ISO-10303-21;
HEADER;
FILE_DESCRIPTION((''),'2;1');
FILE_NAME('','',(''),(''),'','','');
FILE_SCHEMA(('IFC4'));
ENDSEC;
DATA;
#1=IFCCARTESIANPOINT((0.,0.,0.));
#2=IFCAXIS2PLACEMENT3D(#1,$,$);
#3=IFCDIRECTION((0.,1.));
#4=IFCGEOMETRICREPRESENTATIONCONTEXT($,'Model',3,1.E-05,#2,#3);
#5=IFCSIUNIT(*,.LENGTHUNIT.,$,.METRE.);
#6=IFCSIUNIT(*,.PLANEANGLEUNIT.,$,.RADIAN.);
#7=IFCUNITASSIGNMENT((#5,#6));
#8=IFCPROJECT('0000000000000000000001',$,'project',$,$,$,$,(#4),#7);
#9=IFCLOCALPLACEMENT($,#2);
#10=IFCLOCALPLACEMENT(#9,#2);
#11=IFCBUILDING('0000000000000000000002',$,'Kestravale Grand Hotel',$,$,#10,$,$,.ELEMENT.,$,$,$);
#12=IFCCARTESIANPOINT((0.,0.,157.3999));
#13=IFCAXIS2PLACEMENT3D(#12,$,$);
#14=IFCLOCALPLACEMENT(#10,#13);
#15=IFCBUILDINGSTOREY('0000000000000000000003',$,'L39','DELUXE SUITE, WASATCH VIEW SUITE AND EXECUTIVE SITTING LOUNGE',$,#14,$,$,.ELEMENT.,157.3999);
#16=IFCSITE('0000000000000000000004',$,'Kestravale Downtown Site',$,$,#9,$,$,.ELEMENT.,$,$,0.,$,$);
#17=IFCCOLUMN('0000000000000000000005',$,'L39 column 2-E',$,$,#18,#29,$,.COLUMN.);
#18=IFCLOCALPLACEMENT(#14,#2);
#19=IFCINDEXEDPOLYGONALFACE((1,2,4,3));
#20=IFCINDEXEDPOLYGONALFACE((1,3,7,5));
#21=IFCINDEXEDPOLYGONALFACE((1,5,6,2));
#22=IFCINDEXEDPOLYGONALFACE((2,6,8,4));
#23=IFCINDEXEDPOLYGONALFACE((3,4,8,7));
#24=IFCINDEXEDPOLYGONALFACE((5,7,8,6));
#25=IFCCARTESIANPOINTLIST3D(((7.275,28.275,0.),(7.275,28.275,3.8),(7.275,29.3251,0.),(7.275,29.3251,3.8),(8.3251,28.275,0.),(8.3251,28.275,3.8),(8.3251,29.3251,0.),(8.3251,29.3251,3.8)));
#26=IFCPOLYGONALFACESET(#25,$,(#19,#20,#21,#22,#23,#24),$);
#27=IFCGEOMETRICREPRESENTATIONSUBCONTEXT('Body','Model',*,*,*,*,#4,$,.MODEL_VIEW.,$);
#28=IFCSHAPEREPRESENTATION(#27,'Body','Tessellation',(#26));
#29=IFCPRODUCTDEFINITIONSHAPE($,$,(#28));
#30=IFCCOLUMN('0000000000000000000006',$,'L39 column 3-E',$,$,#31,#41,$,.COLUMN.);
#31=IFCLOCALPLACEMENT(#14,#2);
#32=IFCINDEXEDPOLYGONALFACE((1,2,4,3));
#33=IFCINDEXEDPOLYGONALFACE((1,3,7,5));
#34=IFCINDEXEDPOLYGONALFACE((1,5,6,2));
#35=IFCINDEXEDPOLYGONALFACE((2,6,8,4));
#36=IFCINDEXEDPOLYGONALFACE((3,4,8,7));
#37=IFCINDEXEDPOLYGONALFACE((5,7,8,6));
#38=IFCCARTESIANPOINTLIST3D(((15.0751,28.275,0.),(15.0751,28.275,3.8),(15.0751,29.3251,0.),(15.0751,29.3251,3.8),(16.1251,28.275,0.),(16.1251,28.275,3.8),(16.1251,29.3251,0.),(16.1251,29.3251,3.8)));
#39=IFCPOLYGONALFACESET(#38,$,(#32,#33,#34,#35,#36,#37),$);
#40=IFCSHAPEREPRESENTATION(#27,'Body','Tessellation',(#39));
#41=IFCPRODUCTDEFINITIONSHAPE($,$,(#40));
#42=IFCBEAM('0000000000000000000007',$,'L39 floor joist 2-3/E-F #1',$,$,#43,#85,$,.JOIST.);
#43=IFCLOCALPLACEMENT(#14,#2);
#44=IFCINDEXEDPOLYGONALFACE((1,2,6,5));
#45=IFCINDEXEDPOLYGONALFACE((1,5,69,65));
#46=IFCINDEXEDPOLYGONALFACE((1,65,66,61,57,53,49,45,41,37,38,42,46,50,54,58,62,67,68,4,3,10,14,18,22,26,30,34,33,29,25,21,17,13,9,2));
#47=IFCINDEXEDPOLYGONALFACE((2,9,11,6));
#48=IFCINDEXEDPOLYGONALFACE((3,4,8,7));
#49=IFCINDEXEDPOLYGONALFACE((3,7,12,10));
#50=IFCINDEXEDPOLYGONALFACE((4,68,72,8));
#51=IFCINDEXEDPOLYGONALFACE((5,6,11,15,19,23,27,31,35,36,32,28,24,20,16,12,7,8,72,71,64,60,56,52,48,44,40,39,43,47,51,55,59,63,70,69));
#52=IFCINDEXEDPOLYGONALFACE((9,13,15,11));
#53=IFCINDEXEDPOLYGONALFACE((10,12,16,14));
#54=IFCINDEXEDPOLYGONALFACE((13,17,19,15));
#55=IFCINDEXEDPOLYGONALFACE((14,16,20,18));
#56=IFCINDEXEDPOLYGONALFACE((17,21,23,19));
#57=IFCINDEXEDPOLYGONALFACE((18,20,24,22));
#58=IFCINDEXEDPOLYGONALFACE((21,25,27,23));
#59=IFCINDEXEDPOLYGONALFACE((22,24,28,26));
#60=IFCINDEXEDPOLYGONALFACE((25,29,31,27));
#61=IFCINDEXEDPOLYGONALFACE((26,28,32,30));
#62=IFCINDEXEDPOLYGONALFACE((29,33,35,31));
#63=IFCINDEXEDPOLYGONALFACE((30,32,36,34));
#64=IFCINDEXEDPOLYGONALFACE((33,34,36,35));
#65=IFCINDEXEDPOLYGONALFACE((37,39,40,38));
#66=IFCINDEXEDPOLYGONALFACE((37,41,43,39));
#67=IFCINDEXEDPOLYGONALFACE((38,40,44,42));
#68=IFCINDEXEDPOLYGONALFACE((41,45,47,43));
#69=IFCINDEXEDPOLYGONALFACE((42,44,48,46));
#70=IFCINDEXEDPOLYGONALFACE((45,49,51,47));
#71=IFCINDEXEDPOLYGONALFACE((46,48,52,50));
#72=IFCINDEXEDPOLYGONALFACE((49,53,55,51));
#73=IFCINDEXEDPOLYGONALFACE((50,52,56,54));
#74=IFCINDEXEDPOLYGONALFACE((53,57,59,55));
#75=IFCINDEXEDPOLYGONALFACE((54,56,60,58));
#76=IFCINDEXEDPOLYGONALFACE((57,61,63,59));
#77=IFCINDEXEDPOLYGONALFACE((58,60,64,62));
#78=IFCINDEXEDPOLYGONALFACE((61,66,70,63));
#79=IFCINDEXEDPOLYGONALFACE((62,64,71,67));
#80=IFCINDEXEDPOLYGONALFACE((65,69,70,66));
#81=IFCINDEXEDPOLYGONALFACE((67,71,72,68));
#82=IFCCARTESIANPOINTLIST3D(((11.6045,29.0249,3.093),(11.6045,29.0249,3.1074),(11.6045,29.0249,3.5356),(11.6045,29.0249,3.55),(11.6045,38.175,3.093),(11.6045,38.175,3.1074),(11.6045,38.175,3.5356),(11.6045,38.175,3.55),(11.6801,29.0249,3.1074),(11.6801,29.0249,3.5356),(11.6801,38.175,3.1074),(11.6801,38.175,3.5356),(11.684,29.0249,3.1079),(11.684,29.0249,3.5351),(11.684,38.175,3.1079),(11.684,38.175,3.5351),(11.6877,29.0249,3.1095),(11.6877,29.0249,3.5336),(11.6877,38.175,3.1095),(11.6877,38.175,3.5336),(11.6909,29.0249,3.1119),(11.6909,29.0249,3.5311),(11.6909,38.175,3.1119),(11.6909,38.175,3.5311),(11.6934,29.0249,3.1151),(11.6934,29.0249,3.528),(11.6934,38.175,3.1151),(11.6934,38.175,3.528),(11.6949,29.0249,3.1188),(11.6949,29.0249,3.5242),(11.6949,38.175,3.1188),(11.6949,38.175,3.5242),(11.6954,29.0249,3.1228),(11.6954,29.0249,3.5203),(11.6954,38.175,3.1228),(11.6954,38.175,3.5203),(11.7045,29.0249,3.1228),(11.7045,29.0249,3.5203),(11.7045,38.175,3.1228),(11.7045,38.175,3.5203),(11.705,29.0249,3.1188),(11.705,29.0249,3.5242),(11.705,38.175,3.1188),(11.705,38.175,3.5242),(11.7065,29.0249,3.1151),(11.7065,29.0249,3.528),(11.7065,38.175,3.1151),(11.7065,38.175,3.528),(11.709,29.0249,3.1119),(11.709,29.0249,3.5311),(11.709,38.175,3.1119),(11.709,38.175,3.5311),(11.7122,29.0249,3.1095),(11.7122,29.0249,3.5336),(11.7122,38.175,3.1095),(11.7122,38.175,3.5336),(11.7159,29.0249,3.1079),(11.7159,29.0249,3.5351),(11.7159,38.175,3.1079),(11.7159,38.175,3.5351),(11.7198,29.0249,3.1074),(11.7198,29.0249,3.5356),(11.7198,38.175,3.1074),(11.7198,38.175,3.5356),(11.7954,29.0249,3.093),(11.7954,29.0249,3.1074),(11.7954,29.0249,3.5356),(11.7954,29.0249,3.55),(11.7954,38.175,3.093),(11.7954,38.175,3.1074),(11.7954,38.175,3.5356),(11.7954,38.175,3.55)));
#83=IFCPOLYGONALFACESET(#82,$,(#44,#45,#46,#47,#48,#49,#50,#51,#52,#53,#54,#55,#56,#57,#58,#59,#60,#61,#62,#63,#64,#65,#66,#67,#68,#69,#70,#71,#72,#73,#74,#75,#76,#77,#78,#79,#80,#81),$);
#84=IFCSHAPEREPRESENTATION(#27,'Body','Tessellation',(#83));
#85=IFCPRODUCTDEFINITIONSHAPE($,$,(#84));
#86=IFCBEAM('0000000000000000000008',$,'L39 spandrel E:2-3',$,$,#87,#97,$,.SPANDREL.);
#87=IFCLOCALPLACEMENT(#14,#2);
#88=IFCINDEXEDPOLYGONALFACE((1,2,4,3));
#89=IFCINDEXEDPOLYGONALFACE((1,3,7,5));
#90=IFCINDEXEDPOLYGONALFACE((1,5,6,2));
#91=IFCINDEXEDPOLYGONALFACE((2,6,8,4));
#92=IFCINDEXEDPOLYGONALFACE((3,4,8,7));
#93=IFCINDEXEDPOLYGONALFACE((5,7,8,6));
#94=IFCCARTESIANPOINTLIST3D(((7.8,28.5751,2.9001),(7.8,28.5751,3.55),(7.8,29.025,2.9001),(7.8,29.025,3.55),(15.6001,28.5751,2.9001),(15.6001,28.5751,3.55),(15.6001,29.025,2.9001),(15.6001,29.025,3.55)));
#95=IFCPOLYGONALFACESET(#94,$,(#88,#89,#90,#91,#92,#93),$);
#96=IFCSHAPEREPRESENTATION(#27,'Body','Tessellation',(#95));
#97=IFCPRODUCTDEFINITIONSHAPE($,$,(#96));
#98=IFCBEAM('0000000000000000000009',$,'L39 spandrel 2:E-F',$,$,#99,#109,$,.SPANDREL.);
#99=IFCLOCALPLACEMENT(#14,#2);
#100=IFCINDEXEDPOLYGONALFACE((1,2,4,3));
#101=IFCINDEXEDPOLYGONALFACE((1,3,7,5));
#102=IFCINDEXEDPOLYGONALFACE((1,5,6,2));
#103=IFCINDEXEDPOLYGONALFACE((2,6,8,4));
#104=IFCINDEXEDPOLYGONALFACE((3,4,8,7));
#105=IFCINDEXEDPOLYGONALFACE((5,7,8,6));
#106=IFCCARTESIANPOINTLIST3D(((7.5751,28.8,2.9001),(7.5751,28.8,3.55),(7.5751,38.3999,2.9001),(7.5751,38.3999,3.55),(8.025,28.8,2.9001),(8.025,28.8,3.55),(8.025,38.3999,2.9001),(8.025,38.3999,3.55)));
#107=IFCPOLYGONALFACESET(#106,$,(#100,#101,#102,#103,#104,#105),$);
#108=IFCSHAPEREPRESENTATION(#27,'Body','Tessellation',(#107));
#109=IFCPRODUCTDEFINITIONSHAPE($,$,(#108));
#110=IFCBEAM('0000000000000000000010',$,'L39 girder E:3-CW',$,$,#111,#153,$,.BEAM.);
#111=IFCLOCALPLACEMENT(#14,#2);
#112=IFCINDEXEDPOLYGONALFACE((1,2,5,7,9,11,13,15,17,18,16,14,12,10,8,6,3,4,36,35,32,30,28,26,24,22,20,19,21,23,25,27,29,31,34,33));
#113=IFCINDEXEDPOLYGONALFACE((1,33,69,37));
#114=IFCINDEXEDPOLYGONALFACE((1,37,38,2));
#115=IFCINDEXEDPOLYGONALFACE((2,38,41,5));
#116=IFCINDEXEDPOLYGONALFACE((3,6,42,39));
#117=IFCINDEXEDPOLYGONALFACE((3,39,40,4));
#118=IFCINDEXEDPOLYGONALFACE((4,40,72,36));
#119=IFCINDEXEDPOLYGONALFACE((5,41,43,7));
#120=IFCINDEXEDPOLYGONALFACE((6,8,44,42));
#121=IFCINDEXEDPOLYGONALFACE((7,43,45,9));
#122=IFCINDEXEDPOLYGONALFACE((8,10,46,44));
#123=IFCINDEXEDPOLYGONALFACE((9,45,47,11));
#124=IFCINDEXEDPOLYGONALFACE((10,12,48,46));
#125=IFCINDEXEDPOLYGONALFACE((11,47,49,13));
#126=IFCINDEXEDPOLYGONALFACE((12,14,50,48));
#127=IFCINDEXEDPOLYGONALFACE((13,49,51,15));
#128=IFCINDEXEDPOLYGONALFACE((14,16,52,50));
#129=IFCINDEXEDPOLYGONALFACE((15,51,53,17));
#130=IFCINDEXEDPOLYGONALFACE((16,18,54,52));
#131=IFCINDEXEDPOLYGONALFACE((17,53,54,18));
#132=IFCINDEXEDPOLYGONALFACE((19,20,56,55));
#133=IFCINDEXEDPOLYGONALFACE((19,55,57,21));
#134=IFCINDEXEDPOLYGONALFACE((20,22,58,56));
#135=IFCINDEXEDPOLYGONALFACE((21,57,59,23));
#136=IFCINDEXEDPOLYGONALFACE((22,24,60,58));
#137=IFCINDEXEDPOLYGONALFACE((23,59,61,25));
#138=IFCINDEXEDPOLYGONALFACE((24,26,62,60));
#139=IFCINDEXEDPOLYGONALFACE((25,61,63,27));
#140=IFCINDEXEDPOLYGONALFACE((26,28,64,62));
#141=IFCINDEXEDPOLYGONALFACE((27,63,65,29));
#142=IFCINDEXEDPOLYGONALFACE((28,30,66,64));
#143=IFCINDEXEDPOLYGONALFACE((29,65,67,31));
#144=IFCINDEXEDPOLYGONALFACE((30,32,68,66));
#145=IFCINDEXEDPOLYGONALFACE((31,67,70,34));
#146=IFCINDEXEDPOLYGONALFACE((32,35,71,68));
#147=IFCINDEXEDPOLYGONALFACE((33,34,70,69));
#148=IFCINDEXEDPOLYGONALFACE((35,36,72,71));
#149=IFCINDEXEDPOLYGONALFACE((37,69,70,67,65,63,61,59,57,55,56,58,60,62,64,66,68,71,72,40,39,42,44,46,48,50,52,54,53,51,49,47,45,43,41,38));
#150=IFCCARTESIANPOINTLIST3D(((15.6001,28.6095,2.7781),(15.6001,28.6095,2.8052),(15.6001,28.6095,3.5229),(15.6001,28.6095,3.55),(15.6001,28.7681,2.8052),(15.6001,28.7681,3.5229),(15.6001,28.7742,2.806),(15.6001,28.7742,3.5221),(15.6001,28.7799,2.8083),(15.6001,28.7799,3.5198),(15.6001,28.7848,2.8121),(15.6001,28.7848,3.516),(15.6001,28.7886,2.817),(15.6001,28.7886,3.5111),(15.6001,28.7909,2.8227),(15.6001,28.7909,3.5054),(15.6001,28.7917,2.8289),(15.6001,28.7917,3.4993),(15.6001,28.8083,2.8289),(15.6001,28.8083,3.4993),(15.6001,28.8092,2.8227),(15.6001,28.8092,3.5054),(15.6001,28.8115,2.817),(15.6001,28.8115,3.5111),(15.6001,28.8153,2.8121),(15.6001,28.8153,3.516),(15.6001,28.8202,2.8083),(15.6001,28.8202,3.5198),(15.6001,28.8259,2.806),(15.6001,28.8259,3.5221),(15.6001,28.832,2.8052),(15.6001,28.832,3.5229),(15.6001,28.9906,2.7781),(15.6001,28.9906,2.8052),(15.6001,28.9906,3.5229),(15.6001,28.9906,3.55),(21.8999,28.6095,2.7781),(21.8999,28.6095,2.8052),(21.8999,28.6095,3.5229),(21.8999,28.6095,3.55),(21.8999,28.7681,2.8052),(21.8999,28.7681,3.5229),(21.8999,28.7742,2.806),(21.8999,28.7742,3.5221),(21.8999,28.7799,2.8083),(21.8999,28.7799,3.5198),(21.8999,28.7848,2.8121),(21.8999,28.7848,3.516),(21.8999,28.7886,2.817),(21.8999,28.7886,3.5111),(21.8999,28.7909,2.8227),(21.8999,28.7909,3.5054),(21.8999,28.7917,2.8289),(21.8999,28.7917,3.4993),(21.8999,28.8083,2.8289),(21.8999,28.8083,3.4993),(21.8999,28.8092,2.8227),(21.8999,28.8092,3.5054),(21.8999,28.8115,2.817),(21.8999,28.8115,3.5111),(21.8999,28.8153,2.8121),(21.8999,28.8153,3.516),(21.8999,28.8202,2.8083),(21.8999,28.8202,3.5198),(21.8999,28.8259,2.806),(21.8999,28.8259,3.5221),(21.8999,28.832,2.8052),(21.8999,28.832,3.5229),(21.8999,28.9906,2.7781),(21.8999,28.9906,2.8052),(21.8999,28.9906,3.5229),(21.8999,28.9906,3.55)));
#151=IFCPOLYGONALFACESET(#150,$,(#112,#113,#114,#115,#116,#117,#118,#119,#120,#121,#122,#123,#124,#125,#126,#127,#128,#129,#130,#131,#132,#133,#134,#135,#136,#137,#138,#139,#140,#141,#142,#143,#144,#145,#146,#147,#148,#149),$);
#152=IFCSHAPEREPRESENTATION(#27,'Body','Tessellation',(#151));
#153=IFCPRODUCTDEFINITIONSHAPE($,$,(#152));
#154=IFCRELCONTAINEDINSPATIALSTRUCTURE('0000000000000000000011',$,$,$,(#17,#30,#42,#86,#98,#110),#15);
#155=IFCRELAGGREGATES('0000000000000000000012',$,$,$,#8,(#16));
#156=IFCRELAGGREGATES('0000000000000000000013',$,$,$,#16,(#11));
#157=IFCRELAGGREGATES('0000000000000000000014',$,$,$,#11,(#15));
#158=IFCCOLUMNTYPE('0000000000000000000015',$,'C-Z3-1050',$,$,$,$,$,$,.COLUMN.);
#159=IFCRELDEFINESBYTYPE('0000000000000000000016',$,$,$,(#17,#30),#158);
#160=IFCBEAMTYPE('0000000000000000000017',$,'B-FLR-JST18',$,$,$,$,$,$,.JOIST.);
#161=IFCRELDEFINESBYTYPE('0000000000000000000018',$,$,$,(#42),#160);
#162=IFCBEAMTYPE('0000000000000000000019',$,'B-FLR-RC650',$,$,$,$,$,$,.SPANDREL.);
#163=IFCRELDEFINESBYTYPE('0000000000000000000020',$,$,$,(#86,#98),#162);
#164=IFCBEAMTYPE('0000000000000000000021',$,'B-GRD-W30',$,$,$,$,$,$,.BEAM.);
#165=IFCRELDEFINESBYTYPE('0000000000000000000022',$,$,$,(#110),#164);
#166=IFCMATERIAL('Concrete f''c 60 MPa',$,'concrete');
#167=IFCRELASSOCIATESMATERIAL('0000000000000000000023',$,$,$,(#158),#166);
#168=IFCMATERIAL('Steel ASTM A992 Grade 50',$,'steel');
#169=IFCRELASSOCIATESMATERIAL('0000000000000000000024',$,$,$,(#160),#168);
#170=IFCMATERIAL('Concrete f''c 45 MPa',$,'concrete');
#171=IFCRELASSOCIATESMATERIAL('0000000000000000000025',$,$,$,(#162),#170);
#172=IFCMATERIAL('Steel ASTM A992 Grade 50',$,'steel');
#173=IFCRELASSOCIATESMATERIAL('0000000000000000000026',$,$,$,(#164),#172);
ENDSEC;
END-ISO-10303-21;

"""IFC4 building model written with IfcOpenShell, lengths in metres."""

from ifc_helpers import new_model, si_unit, direction, frame, origin, origin_2d, place, context, subcontext, project, spatial, rectangle, i_section, extrude, material, material_profile, profile_set, type_object, element, save


model = new_model("IFC4")

# Units and contexts
model_context = context("Model", 3, precision=1e-05, world=origin(), true_north=direction((0.0, 1.0)))
body_context = subcontext(model_context, "Body", "Model", "MODEL_VIEW")
ifc_project = project(units=[si_unit("LENGTHUNIT", "METRE"), si_unit("PLANEANGLEUNIT", "RADIAN")], contexts=[model_context])

# Site, building, storey
site_placement = place(None, origin())
site = spatial("IfcSite", under=ifc_project, at=site_placement, Name="Kestravale Downtown Site", CompositionType="ELEMENT", RefElevation=0.0)
building_placement = place(site_placement, origin())
building = spatial("IfcBuilding", under=site, at=building_placement, Name="Kestravale Grand Hotel", CompositionType="ELEMENT")
storey_placement = place(building_placement, frame((0.0, 0.0, 157.3999)))
storey = spatial("IfcBuildingStorey", under=building, at=storey_placement, Name="L39", Description="DELUXE SUITE, WASATCH VIEW SUITE AND EXECUTIVE SITTING LOUNGE", CompositionType="ELEMENT", Elevation=157.3999)

# Columns
ifc_material_1 = material(Name="Concrete f'c 60 MPa", Category="concrete")
ifc_material_profile_1 = material_profile(ifc_material_1, rectangle(XDim=1.05, YDim=1.05, at=origin_2d()))
ifc_profile_set_1 = profile_set([ifc_material_profile_1], Name="Concrete f'c 60 MPa")
column_type = type_object("IfcColumnType", Name="C-Z3-1050", PredefinedType="COLUMN", material=ifc_profile_set_1)
for number, where, z_axis, x_axis, name in (
    (1, (7.8, 28.8, 0.0), (0.0, 0.0, 1.0), (1.0, 0.0, 0.0), "L39 column 2-E"),
    (2, (15.6001, 28.8, 0.0), (0.0, 0.0, 1.0), (1.0, 0.0, 0.0), "L39 column 3-E"),
):
    element("IfcColumn", number, at=place(storey_placement, frame(where, z_axis=z_axis, x_axis=x_axis)), inside=storey, type_object=column_type, Name=name, PredefinedType="COLUMN", context=body_context, shape_type="SweptSolid", body=[
        extrude(rectangle(XDim=1.05, YDim=1.05, at=origin_2d()), origin(), (0.0, 0.0, 1.0), 3.8),
    ])

# Beams
ifc_material_2 = material(Name="Steel ASTM A992 Grade 50", Category="steel")
ifc_material_profile_2 = material_profile(ifc_material_2, i_section(OverallWidth=0.1909, OverallDepth=0.457, WebThickness=0.009, FlangeThickness=0.0144, FilletRadius=0.0154, at=origin_2d()))
ifc_profile_set_2 = profile_set([ifc_material_profile_2], Name="Steel ASTM A992 Grade 50")
beam_type_1 = type_object("IfcBeamType", Name="B-FLR-JST18", PredefinedType="JOIST", material=ifc_profile_set_2)
beam_1_placement = place(storey_placement, frame((11.7, 29.0249, 3.3215), z_axis=(0.0, 1.0, 0.0), x_axis=(-1.0, 0.0, 0.0)))
element("IfcBeam", 3, at=beam_1_placement, inside=storey, type_object=beam_type_1, Name="L39 floor joist 2-3/E-F #1", PredefinedType="JOIST", context=body_context, shape_type="SweptSolid", body=[
    extrude(i_section(OverallWidth=0.1909, OverallDepth=0.457, WebThickness=0.009, FlangeThickness=0.0144, FilletRadius=0.0154, at=origin_2d()), origin(), (0.0, 0.0, 1.0), 9.1501),
])
ifc_material_3 = material(Name="Concrete f'c 45 MPa", Category="concrete")
ifc_material_profile_3 = material_profile(ifc_material_3, rectangle(XDim=0.45, YDim=0.6499, at=origin_2d()))
ifc_profile_set_3 = profile_set([ifc_material_profile_3], Name="Concrete f'c 45 MPa")
beam_type_2 = type_object("IfcBeamType", Name="B-FLR-RC650", PredefinedType="SPANDREL", material=ifc_profile_set_3)
beam_2_placement = place(storey_placement, frame((7.8, 28.8, 3.2251), z_axis=(1.0, 0.0, 0.0), x_axis=(0.0, 1.0, 0.0)))
element("IfcBeam", 4, at=beam_2_placement, inside=storey, type_object=beam_type_2, Name="L39 spandrel E:2-3", PredefinedType="SPANDREL", context=body_context, shape_type="SweptSolid", body=[
    extrude(rectangle(XDim=0.45, YDim=0.6499, at=origin_2d()), origin(), (0.0, 0.0, 1.0), 7.8),
])
beam_3_placement = place(storey_placement, frame((7.8, 28.8, 3.2251), z_axis=(0.0, 1.0, 0.0), x_axis=(-1.0, 0.0, 0.0)))
element("IfcBeam", 5, at=beam_3_placement, inside=storey, type_object=beam_type_2, Name="L39 spandrel 2:E-F", PredefinedType="SPANDREL", context=body_context, shape_type="SweptSolid", body=[
    extrude(rectangle(XDim=0.45, YDim=0.6499, at=origin_2d()), origin(), (0.0, 0.0, 1.0), 9.5999),
])
ifc_material_4 = material(Name="Steel ASTM A992 Grade 50", Category="steel")
ifc_material_profile_4 = material_profile(ifc_material_4, i_section(OverallWidth=0.3811, OverallDepth=0.772, WebThickness=0.0166, FlangeThickness=0.0271, FilletRadius=0.0237, at=origin_2d()))
ifc_profile_set_4 = profile_set([ifc_material_profile_4], Name="Steel ASTM A992 Grade 50")
beam_type_3 = type_object("IfcBeamType", Name="B-GRD-W30", PredefinedType="BEAM", material=ifc_profile_set_4)
beam_4_placement = place(storey_placement, frame((15.6001, 28.8, 3.1641), z_axis=(1.0, 0.0, 0.0), x_axis=(0.0, 1.0, 0.0)))
element("IfcBeam", 6, at=beam_4_placement, inside=storey, type_object=beam_type_3, Name="L39 girder E:3-CW", PredefinedType="BEAM", context=body_context, shape_type="SweptSolid", body=[
    extrude(i_section(OverallWidth=0.3811, OverallDepth=0.772, WebThickness=0.0166, FlangeThickness=0.0271, FilletRadius=0.0237, at=origin_2d()), origin(), (0.0, 0.0, 1.0), 6.2998),
])

save(model, "model.ifc")
